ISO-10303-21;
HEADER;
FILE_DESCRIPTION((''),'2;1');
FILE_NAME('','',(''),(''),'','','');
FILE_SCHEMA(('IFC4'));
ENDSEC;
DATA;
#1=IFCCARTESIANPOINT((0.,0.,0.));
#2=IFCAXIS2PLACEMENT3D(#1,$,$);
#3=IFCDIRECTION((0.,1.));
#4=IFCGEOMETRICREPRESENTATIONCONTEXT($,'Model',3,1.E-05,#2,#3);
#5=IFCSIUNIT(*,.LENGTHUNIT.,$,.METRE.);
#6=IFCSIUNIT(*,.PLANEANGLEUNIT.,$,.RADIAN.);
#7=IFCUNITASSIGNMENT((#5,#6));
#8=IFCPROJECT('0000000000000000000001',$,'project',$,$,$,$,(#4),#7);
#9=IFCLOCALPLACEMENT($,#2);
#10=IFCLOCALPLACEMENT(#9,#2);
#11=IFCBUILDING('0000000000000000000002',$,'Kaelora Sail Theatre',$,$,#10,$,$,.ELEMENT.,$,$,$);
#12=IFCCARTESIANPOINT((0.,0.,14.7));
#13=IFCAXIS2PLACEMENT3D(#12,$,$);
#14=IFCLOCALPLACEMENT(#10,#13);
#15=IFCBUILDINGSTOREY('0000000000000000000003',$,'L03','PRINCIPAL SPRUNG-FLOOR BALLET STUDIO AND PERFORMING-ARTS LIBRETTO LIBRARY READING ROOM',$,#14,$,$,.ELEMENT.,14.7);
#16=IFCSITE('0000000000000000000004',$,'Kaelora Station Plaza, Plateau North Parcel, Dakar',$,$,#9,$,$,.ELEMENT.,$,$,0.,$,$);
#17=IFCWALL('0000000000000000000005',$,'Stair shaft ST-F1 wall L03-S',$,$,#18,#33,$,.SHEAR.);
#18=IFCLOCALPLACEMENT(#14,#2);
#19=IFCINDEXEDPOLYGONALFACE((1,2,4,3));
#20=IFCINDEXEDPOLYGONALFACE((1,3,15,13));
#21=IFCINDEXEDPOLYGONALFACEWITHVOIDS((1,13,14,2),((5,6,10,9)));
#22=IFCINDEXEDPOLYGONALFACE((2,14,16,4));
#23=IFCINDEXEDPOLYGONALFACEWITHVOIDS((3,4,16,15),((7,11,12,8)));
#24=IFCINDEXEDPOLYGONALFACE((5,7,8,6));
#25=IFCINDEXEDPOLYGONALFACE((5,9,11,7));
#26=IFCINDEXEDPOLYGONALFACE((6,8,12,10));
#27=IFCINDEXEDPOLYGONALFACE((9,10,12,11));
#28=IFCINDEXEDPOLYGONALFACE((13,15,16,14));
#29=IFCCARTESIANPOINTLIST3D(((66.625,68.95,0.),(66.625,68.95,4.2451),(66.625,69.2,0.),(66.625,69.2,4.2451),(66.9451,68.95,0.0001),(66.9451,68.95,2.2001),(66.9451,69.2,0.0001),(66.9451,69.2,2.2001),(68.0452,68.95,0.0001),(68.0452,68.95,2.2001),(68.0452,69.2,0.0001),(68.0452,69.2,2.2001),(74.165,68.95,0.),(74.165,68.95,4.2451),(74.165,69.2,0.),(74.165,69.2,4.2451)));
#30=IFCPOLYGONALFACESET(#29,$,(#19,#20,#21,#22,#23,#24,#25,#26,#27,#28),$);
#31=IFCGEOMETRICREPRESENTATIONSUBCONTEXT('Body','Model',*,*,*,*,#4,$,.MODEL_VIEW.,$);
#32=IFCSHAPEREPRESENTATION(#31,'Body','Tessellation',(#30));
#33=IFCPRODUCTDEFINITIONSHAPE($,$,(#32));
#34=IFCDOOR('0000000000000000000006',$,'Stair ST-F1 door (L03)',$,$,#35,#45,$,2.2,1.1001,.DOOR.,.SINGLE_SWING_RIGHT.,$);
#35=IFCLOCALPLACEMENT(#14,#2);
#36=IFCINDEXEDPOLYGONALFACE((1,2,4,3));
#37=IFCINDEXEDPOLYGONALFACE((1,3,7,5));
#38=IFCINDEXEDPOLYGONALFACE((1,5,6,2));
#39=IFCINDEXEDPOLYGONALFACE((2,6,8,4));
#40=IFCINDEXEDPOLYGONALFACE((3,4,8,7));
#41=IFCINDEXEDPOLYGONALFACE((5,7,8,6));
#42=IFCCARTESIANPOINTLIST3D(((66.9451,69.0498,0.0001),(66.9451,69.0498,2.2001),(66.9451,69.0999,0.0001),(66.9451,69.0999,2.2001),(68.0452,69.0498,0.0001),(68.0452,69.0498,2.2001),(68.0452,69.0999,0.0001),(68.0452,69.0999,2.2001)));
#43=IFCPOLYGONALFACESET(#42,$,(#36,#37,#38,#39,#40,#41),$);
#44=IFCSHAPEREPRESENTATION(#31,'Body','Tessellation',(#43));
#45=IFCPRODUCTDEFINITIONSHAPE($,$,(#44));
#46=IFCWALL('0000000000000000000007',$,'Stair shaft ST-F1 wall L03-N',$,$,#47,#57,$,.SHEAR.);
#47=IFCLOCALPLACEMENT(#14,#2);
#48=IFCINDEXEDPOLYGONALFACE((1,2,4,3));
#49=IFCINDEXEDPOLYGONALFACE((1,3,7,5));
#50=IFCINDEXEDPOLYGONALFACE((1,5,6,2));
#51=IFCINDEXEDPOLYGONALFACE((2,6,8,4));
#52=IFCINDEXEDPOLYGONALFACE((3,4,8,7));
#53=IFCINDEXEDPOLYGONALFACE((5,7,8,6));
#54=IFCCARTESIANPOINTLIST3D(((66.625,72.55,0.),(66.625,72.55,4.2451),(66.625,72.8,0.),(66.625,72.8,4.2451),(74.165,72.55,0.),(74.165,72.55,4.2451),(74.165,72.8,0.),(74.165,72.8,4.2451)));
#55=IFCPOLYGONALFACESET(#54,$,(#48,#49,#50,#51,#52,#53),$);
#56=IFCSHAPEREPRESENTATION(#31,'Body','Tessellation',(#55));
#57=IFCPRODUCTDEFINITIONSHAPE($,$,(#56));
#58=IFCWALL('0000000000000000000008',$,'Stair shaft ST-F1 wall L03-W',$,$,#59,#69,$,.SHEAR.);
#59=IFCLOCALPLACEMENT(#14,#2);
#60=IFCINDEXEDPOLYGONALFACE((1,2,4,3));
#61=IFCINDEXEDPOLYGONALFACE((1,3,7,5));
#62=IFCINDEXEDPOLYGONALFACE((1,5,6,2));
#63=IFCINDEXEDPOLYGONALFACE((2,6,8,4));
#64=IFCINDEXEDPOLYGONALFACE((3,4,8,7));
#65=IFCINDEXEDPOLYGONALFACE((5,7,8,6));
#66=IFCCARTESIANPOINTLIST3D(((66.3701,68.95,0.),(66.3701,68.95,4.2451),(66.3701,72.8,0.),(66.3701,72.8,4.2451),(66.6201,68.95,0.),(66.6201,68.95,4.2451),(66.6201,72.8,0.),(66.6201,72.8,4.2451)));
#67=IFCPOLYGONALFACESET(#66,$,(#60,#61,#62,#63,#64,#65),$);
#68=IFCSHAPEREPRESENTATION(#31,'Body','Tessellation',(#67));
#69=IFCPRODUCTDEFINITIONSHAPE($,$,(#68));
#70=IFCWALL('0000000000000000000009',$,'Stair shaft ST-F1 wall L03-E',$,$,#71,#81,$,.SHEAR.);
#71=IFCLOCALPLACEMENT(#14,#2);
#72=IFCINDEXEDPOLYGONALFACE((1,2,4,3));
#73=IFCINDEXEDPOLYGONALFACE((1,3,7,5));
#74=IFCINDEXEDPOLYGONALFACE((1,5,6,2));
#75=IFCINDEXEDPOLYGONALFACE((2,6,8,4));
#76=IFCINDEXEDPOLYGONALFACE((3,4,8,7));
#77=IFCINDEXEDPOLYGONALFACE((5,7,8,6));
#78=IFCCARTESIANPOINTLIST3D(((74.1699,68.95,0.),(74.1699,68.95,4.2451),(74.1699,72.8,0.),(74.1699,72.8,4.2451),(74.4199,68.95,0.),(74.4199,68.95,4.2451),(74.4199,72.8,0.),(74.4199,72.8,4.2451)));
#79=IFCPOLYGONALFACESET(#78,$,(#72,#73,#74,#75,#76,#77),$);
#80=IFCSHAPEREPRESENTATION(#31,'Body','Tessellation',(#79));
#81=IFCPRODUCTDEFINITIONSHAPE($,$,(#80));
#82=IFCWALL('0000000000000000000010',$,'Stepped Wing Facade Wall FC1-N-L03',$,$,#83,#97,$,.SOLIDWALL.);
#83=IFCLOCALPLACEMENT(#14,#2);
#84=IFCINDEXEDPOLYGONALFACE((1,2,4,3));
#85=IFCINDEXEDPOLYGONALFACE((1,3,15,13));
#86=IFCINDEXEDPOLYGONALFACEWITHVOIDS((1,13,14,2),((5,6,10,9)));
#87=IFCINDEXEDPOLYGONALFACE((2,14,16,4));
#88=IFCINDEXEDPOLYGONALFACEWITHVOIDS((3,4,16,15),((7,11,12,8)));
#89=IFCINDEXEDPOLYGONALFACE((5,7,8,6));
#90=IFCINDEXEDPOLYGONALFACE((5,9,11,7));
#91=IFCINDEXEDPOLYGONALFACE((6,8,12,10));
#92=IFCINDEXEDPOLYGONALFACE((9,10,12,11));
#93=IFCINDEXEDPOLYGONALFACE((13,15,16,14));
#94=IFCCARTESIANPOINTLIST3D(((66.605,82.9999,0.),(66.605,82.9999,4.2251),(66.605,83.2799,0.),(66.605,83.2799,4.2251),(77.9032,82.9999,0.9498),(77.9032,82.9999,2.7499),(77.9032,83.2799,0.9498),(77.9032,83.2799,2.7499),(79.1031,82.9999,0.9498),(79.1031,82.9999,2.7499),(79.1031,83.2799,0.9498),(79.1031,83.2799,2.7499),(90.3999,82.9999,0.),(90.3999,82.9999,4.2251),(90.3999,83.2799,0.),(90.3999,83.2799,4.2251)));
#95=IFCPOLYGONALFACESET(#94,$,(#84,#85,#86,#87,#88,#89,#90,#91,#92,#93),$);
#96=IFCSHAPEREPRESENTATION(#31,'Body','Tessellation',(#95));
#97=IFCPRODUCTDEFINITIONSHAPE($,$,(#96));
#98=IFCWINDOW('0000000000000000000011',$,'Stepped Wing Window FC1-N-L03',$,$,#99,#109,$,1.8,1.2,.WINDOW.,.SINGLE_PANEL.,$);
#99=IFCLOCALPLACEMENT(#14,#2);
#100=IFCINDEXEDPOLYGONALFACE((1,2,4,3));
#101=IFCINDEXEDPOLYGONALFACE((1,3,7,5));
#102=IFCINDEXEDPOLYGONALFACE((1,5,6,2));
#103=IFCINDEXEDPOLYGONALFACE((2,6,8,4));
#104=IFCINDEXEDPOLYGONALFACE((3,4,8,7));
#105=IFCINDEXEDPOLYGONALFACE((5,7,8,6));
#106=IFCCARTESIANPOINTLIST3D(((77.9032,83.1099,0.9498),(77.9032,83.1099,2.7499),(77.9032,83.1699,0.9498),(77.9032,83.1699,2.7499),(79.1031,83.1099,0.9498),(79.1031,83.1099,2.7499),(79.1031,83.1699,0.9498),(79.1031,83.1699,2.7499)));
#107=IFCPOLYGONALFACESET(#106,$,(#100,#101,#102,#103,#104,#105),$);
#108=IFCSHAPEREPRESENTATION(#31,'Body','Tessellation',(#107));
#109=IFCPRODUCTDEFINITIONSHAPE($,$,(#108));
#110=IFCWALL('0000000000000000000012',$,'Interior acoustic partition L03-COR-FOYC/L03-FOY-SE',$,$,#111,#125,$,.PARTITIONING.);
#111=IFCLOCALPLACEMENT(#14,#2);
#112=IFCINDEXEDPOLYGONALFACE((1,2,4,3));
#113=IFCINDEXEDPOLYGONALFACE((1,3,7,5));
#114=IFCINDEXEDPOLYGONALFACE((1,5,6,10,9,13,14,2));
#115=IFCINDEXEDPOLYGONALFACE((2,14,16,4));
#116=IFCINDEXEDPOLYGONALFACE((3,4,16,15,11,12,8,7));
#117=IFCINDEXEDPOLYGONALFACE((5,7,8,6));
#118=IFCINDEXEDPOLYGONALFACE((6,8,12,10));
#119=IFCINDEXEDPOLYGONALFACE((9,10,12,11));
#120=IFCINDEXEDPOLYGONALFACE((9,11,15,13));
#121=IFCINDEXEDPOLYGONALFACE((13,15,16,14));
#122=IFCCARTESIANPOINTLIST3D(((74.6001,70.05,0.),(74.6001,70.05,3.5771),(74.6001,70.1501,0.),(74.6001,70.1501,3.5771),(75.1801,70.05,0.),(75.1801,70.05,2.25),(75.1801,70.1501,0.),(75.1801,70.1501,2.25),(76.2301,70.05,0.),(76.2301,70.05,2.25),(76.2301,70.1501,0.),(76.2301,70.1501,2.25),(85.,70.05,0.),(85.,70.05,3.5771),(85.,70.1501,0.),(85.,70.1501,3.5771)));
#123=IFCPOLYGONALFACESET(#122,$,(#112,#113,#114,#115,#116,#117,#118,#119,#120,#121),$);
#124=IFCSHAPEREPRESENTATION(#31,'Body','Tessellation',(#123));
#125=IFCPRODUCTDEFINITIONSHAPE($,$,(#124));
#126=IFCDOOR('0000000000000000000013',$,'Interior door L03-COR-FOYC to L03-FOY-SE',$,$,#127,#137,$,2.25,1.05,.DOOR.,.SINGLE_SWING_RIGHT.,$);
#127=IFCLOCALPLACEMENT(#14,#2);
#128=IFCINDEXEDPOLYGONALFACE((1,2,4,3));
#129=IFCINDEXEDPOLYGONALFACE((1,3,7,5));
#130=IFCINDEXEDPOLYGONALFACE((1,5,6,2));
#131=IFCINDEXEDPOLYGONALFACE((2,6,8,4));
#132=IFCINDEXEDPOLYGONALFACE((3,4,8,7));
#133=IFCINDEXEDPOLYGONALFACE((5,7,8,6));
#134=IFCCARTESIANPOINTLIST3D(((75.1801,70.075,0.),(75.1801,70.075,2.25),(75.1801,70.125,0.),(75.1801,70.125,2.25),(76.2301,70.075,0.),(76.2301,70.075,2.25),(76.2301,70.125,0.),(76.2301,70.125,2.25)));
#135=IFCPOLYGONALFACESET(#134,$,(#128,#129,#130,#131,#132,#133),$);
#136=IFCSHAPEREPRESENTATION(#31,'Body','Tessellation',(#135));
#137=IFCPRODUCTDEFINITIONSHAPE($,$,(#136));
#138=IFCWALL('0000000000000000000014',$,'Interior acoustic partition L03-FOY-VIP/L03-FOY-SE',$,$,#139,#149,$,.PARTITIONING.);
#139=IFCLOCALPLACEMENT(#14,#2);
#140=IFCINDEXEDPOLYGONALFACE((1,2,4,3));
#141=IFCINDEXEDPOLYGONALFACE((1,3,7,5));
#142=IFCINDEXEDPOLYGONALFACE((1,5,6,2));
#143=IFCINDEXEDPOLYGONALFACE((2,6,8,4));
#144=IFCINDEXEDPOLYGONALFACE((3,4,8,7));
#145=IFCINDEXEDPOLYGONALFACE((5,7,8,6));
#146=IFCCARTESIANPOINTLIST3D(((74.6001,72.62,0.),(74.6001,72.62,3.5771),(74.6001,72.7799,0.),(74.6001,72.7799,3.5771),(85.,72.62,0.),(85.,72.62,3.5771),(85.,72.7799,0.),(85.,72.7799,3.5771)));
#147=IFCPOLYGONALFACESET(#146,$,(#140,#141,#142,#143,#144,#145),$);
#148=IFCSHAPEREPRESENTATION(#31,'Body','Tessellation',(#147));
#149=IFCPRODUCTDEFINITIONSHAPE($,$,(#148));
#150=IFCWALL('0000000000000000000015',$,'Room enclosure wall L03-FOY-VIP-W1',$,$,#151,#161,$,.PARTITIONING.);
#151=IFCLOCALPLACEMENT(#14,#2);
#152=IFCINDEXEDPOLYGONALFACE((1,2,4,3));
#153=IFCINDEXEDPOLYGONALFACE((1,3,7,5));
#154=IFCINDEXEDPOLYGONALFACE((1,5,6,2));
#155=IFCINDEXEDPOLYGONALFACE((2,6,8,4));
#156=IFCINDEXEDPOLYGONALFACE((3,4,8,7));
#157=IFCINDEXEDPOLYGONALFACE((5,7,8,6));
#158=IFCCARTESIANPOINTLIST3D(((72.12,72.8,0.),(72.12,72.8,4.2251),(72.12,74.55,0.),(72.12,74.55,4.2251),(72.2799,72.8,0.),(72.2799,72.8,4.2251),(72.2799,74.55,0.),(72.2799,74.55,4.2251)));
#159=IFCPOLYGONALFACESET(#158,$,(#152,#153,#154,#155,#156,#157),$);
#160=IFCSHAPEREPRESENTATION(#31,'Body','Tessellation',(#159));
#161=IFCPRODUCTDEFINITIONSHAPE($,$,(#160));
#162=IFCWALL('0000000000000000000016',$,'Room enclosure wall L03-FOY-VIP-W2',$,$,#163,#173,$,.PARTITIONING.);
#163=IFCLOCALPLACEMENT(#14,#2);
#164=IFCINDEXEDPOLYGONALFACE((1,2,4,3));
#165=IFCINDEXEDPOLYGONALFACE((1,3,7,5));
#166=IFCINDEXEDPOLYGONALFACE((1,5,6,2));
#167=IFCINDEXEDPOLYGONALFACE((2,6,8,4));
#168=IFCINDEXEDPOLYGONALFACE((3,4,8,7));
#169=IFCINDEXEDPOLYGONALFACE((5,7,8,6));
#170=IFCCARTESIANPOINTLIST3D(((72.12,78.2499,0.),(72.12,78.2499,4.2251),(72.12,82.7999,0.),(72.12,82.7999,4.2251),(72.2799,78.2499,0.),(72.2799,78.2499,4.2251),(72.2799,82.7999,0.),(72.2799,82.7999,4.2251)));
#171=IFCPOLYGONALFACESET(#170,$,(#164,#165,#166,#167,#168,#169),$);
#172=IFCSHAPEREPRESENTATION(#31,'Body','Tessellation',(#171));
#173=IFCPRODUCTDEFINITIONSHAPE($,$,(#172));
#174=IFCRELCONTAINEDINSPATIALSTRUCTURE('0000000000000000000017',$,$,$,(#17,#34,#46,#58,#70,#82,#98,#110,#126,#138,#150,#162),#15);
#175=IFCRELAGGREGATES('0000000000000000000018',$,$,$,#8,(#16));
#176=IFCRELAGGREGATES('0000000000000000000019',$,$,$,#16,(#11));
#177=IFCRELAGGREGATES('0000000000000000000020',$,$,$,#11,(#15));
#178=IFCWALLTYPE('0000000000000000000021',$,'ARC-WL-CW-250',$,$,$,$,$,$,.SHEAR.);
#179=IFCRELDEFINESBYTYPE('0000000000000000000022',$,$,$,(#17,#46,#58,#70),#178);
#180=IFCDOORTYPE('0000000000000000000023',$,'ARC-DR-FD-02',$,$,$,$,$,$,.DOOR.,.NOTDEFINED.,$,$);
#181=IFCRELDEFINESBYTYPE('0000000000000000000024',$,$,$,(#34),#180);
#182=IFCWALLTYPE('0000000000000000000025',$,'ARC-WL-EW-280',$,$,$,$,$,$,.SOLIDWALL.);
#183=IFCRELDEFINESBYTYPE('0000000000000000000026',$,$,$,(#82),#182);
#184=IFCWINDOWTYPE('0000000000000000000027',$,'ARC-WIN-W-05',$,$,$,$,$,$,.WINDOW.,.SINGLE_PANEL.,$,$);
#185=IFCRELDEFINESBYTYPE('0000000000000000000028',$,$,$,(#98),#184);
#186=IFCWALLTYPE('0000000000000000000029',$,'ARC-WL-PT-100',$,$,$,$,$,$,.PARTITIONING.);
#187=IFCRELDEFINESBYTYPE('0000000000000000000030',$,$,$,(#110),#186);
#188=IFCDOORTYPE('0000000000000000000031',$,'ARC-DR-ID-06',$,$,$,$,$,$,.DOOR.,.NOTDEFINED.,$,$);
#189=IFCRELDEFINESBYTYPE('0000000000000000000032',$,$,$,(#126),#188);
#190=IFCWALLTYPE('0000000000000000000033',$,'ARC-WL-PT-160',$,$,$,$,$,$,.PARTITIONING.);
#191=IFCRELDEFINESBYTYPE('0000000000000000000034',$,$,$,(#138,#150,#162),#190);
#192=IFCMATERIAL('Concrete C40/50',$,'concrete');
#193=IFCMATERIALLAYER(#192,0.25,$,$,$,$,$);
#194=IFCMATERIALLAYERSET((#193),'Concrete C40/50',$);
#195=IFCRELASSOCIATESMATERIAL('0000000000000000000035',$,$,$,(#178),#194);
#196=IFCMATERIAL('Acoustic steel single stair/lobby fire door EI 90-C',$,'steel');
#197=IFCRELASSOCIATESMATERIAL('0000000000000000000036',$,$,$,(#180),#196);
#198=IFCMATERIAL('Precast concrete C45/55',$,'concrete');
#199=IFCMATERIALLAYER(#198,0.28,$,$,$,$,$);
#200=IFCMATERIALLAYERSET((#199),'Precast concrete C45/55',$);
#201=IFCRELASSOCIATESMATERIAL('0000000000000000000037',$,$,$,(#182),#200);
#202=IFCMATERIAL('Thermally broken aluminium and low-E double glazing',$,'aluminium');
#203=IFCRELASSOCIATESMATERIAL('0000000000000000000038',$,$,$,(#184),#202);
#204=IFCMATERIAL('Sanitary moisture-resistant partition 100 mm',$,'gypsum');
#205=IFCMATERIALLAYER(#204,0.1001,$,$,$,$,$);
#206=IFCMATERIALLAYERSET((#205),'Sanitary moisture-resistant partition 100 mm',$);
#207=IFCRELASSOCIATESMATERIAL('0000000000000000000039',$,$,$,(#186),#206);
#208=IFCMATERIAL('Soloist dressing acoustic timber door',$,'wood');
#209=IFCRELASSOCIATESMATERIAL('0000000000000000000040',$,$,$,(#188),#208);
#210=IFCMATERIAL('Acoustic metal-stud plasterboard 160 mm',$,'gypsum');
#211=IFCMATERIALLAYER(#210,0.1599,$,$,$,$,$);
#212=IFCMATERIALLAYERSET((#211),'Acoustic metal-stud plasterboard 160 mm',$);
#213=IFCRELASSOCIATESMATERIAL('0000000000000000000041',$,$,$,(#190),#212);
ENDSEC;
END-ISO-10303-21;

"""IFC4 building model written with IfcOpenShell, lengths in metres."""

from ifc_helpers import new_model, si_unit, direction, frame, frame_2d, origin, place, context, subcontext, project, spatial, rectangle, extrude, material, layer, layer_set, type_object, element, fill, save


model = new_model("IFC4")

# Units and contexts
model_context = context("Model", 3, precision=1e-05, world=origin(), true_north=direction((0.0, 1.0)))
body_context = subcontext(model_context, "Body", "Model", "MODEL_VIEW")
ifc_project = project(units=[si_unit("LENGTHUNIT", "METRE"), si_unit("PLANEANGLEUNIT", "RADIAN")], contexts=[model_context])

# Site, building, storey
site_placement = place(None, origin())
site = spatial("IfcSite", under=ifc_project, at=site_placement, Name="Kaelora Station Plaza, Plateau North Parcel, Dakar", CompositionType="ELEMENT", RefElevation=0.0)
building_placement = place(site_placement, origin())
building = spatial("IfcBuilding", under=site, at=building_placement, Name="Kaelora Sail Theatre", CompositionType="ELEMENT")
storey_placement = place(building_placement, frame((0.0, 0.0, 14.7)))
storey = spatial("IfcBuildingStorey", under=building, at=storey_placement, Name="L03", Description="PRINCIPAL SPRUNG-FLOOR BALLET STUDIO AND PERFORMING-ARTS LIBRETTO LIBRARY READING ROOM", CompositionType="ELEMENT", Elevation=14.7)

# Wall, opening, door
ifc_material_1 = material(Name="Concrete C40/50", Category="concrete")
ifc_layer_1 = layer(ifc_material_1, 0.25)
ifc_layer_set_1 = layer_set([ifc_layer_1], Name="Concrete C40/50")
wall_type_1 = type_object("IfcWallType", Name="ARC-WL-CW-250", PredefinedType="SHEAR", material=ifc_layer_set_1)
wall_1_placement = place(storey_placement, frame((66.625, 69.075, 0.0), z_axis=(0.0, 0.0, 1.0), x_axis=(1.0, 0.0, 0.0)))
wall_1 = element("IfcWall", 1, at=wall_1_placement, inside=storey, type_object=wall_type_1, Name="Stair shaft ST-F1 wall L03-S", PredefinedType="SHEAR", context=body_context, shape_type="SweptSolid", body=[
    extrude(rectangle(XDim=7.54, YDim=0.25, at=frame_2d((3.77, 0.0))), origin(), (0.0, 0.0, 1.0), 4.2451),
])
opening_1_placement = place(wall_1_placement, frame((0.3201, 0.0, 0.0)))
opening_1 = element("IfcOpeningElement", 2, at=opening_1_placement, cuts=wall_1, PredefinedType="OPENING", context=body_context, shape_type="SweptSolid", body=[
    extrude(rectangle(XDim=1.1001, YDim=2.2, at=frame_2d((0.55, 1.1001))), frame((0.0, 0.135, 0.0), z_axis=(0.0, -1.0, 0.0), x_axis=(1.0, 0.0, 0.0)), (0.0, 0.0, 1.0), 0.27),
])
ifc_material_2 = material(Name="Acoustic steel single stair/lobby fire door EI 90-C", Category="steel")
door_type_1 = type_object("IfcDoorType", Name="ARC-DR-FD-02", OperationType="NOTDEFINED", PredefinedType="DOOR", material=ifc_material_2)
door_1_placement = place(opening_1_placement, origin())
door_1 = element("IfcDoor", 3, at=door_1_placement, inside=storey, type_object=door_type_1, Name="Stair ST-F1 door (L03)", OperationType="SINGLE_SWING_RIGHT", OverallHeight=2.2, OverallWidth=1.1001, PredefinedType="DOOR", context=body_context, shape_type="SweptSolid", body=[
    extrude(rectangle(XDim=1.1001, YDim=2.2, at=frame_2d((0.55, 1.1001))), frame((0.0, 0.0249, 0.0), z_axis=(0.0, -1.0, 0.0), x_axis=(1.0, 0.0, 0.0)), (0.0, 0.0, 1.0), 0.05),
])
fill(opening_1, door_1)

# Walls
wall_2_placement = place(storey_placement, frame((66.625, 72.675, 0.0), z_axis=(0.0, 0.0, 1.0), x_axis=(1.0, 0.0, 0.0)))
element("IfcWall", 4, at=wall_2_placement, inside=storey, type_object=wall_type_1, Name="Stair shaft ST-F1 wall L03-N", PredefinedType="SHEAR", context=body_context, shape_type="SweptSolid", body=[
    extrude(rectangle(XDim=7.54, YDim=0.25, at=frame_2d((3.77, 0.0))), origin(), (0.0, 0.0, 1.0), 4.2451),
])
for number, where, z_axis, x_axis, name in (
    (5, (66.4951, 68.95, 0.0), (0.0, 0.0, 1.0), (0.0, 1.0, 0.0), "Stair shaft ST-F1 wall L03-W"),
    (6, (74.2949, 68.95, 0.0), (0.0, 0.0, 1.0), (0.0, 1.0, 0.0), "Stair shaft ST-F1 wall L03-E"),
):
    element("IfcWall", number, at=place(storey_placement, frame(where, z_axis=z_axis, x_axis=x_axis)), inside=storey, type_object=wall_type_1, Name=name, PredefinedType="SHEAR", context=body_context, shape_type="SweptSolid", body=[
        extrude(rectangle(XDim=3.8501, YDim=0.25, at=frame_2d((1.925, 0.0))), origin(), (0.0, 0.0, 1.0), 4.2451),
    ])

# Wall, opening, window
ifc_material_3 = material(Name="Precast concrete C45/55", Category="concrete")
ifc_layer_2 = layer(ifc_material_3, 0.28)
ifc_layer_set_2 = layer_set([ifc_layer_2], Name="Precast concrete C45/55")
wall_type_2 = type_object("IfcWallType", Name="ARC-WL-EW-280", PredefinedType="SOLIDWALL", material=ifc_layer_set_2)
wall_3_placement = place(storey_placement, frame((66.605, 83.1399, 0.0), z_axis=(0.0, 0.0, 1.0), x_axis=(1.0, 0.0, 0.0)))
wall_3 = element("IfcWall", 7, at=wall_3_placement, inside=storey, type_object=wall_type_2, Name="Stepped Wing Facade Wall FC1-N-L03", PredefinedType="SOLIDWALL", context=body_context, shape_type="SweptSolid", body=[
    extrude(rectangle(XDim=23.7949, YDim=0.28, at=frame_2d((11.8975, 0.0))), origin(), (0.0, 0.0, 1.0), 4.2251),
])
opening_2_placement = place(wall_3_placement, frame((11.2981, 0.0, 0.95)))
opening_2 = element("IfcOpeningElement", 8, at=opening_2_placement, cuts=wall_3, PredefinedType="OPENING", context=body_context, shape_type="SweptSolid", body=[
    extrude(rectangle(XDim=1.2, YDim=1.8, at=frame_2d((0.6001, 0.8999))), frame((0.0, 0.1501, 0.0), z_axis=(0.0, -1.0, 0.0), x_axis=(1.0, 0.0, 0.0)), (0.0, 0.0, 1.0), 0.3),
])
ifc_material_4 = material(Name="Thermally broken aluminium and low-E double glazing", Category="aluminium")
window_type = type_object("IfcWindowType", Name="ARC-WIN-W-05", PartitioningType="SINGLE_PANEL", PredefinedType="WINDOW", material=ifc_material_4)
window_placement = place(opening_2_placement, origin())
window = element("IfcWindow", 9, at=window_placement, inside=storey, type_object=window_type, Name="Stepped Wing Window FC1-N-L03", OverallHeight=1.8, OverallWidth=1.2, PartitioningType="SINGLE_PANEL", PredefinedType="WINDOW", context=body_context, shape_type="SweptSolid", body=[
    extrude(rectangle(XDim=1.2, YDim=1.8, at=frame_2d((0.6001, 0.8999))), frame((0.0, 0.03, 0.0), z_axis=(0.0, -1.0, 0.0), x_axis=(1.0, 0.0, 0.0)), (0.0, 0.0, 1.0), 0.0601),
])
fill(opening_2, window)

# Wall, opening, door
ifc_material_5 = material(Name="Sanitary moisture-resistant partition 100 mm", Category="gypsum")
ifc_layer_3 = layer(ifc_material_5, 0.1001)
ifc_layer_set_3 = layer_set([ifc_layer_3], Name="Sanitary moisture-resistant partition 100 mm")
wall_type_3 = type_object("IfcWallType", Name="ARC-WL-PT-100", PredefinedType="PARTITIONING", material=ifc_layer_set_3)
wall_4_placement = place(storey_placement, frame((74.6001, 70.1001, 0.0), z_axis=(0.0, 0.0, 1.0), x_axis=(1.0, 0.0, 0.0)))
wall_4 = element("IfcWall", 10, at=wall_4_placement, inside=storey, type_object=wall_type_3, Name="Interior acoustic partition L03-COR-FOYC/L03-FOY-SE", PredefinedType="PARTITIONING", context=body_context, shape_type="SweptSolid", body=[
    extrude(rectangle(XDim=10.3999, YDim=0.1001, at=frame_2d((5.2, 0.0))), origin(), (0.0, 0.0, 1.0), 3.5771),
])
opening_3_placement = place(wall_4_placement, frame((0.5801, 0.0, 0.0)))
opening_3 = element("IfcOpeningElement", 11, at=opening_3_placement, cuts=wall_4, PredefinedType="OPENING", context=body_context, shape_type="SweptSolid", body=[
    extrude(rectangle(XDim=1.05, YDim=2.25, at=frame_2d((0.5249, 1.125))), frame((0.0, 0.06, 0.0), z_axis=(0.0, -1.0, 0.0), x_axis=(1.0, 0.0, 0.0)), (0.0, 0.0, 1.0), 0.1201),
])
ifc_material_6 = material(Name="Soloist dressing acoustic timber door", Category="wood")
door_type_2 = type_object("IfcDoorType", Name="ARC-DR-ID-06", OperationType="NOTDEFINED", PredefinedType="DOOR", material=ifc_material_6)
door_2_placement = place(opening_3_placement, origin())
door_2 = element("IfcDoor", 12, at=door_2_placement, inside=storey, type_object=door_type_2, Name="Interior door L03-COR-FOYC to L03-FOY-SE", OperationType="SINGLE_SWING_RIGHT", OverallHeight=2.25, OverallWidth=1.05, PredefinedType="DOOR", context=body_context, shape_type="SweptSolid", body=[
    extrude(rectangle(XDim=1.05, YDim=2.25, at=frame_2d((0.5249, 1.125))), frame((0.0, 0.0249, 0.0), z_axis=(0.0, -1.0, 0.0), x_axis=(1.0, 0.0, 0.0)), (0.0, 0.0, 1.0), 0.05),
])
fill(opening_3, door_2)

# Walls
ifc_material_7 = material(Name="Acoustic metal-stud plasterboard 160 mm", Category="gypsum")
ifc_layer_4 = layer(ifc_material_7, 0.1599)
ifc_layer_set_4 = layer_set([ifc_layer_4], Name="Acoustic metal-stud plasterboard 160 mm")
wall_type_4 = type_object("IfcWallType", Name="ARC-WL-PT-160", PredefinedType="PARTITIONING", material=ifc_layer_set_4)
wall_5_placement = place(storey_placement, frame((74.6001, 72.7, 0.0), z_axis=(0.0, 0.0, 1.0), x_axis=(1.0, 0.0, 0.0)))
element("IfcWall", 13, at=wall_5_placement, inside=storey, type_object=wall_type_4, Name="Interior acoustic partition L03-FOY-VIP/L03-FOY-SE", PredefinedType="PARTITIONING", context=body_context, shape_type="SweptSolid", body=[
    extrude(rectangle(XDim=10.3999, YDim=0.1599, at=frame_2d((5.2, 0.0))), origin(), (0.0, 0.0, 1.0), 3.5771),
])
wall_6_placement = place(storey_placement, frame((72.2, 72.8, 0.0), z_axis=(0.0, 0.0, 1.0), x_axis=(0.0, 1.0, 0.0)))
element("IfcWall", 14, at=wall_6_placement, inside=storey, type_object=wall_type_4, Name="Room enclosure wall L03-FOY-VIP-W1", PredefinedType="PARTITIONING", context=body_context, shape_type="SweptSolid", body=[
    extrude(rectangle(XDim=1.75, YDim=0.1599, at=frame_2d((0.875, 0.0))), origin(), (0.0, 0.0, 1.0), 4.2251),
])
wall_7_placement = place(storey_placement, frame((72.2, 78.25, 0.0), z_axis=(0.0, 0.0, 1.0), x_axis=(0.0, 1.0, 0.0)))
element("IfcWall", 15, at=wall_7_placement, inside=storey, type_object=wall_type_4, Name="Room enclosure wall L03-FOY-VIP-W2", PredefinedType="PARTITIONING", context=body_context, shape_type="SweptSolid", body=[
    extrude(rectangle(XDim=4.55, YDim=0.1599, at=frame_2d((2.2749, 0.0))), origin(), (0.0, 0.0, 1.0), 4.2251),
])

save(model, "model.ifc")
